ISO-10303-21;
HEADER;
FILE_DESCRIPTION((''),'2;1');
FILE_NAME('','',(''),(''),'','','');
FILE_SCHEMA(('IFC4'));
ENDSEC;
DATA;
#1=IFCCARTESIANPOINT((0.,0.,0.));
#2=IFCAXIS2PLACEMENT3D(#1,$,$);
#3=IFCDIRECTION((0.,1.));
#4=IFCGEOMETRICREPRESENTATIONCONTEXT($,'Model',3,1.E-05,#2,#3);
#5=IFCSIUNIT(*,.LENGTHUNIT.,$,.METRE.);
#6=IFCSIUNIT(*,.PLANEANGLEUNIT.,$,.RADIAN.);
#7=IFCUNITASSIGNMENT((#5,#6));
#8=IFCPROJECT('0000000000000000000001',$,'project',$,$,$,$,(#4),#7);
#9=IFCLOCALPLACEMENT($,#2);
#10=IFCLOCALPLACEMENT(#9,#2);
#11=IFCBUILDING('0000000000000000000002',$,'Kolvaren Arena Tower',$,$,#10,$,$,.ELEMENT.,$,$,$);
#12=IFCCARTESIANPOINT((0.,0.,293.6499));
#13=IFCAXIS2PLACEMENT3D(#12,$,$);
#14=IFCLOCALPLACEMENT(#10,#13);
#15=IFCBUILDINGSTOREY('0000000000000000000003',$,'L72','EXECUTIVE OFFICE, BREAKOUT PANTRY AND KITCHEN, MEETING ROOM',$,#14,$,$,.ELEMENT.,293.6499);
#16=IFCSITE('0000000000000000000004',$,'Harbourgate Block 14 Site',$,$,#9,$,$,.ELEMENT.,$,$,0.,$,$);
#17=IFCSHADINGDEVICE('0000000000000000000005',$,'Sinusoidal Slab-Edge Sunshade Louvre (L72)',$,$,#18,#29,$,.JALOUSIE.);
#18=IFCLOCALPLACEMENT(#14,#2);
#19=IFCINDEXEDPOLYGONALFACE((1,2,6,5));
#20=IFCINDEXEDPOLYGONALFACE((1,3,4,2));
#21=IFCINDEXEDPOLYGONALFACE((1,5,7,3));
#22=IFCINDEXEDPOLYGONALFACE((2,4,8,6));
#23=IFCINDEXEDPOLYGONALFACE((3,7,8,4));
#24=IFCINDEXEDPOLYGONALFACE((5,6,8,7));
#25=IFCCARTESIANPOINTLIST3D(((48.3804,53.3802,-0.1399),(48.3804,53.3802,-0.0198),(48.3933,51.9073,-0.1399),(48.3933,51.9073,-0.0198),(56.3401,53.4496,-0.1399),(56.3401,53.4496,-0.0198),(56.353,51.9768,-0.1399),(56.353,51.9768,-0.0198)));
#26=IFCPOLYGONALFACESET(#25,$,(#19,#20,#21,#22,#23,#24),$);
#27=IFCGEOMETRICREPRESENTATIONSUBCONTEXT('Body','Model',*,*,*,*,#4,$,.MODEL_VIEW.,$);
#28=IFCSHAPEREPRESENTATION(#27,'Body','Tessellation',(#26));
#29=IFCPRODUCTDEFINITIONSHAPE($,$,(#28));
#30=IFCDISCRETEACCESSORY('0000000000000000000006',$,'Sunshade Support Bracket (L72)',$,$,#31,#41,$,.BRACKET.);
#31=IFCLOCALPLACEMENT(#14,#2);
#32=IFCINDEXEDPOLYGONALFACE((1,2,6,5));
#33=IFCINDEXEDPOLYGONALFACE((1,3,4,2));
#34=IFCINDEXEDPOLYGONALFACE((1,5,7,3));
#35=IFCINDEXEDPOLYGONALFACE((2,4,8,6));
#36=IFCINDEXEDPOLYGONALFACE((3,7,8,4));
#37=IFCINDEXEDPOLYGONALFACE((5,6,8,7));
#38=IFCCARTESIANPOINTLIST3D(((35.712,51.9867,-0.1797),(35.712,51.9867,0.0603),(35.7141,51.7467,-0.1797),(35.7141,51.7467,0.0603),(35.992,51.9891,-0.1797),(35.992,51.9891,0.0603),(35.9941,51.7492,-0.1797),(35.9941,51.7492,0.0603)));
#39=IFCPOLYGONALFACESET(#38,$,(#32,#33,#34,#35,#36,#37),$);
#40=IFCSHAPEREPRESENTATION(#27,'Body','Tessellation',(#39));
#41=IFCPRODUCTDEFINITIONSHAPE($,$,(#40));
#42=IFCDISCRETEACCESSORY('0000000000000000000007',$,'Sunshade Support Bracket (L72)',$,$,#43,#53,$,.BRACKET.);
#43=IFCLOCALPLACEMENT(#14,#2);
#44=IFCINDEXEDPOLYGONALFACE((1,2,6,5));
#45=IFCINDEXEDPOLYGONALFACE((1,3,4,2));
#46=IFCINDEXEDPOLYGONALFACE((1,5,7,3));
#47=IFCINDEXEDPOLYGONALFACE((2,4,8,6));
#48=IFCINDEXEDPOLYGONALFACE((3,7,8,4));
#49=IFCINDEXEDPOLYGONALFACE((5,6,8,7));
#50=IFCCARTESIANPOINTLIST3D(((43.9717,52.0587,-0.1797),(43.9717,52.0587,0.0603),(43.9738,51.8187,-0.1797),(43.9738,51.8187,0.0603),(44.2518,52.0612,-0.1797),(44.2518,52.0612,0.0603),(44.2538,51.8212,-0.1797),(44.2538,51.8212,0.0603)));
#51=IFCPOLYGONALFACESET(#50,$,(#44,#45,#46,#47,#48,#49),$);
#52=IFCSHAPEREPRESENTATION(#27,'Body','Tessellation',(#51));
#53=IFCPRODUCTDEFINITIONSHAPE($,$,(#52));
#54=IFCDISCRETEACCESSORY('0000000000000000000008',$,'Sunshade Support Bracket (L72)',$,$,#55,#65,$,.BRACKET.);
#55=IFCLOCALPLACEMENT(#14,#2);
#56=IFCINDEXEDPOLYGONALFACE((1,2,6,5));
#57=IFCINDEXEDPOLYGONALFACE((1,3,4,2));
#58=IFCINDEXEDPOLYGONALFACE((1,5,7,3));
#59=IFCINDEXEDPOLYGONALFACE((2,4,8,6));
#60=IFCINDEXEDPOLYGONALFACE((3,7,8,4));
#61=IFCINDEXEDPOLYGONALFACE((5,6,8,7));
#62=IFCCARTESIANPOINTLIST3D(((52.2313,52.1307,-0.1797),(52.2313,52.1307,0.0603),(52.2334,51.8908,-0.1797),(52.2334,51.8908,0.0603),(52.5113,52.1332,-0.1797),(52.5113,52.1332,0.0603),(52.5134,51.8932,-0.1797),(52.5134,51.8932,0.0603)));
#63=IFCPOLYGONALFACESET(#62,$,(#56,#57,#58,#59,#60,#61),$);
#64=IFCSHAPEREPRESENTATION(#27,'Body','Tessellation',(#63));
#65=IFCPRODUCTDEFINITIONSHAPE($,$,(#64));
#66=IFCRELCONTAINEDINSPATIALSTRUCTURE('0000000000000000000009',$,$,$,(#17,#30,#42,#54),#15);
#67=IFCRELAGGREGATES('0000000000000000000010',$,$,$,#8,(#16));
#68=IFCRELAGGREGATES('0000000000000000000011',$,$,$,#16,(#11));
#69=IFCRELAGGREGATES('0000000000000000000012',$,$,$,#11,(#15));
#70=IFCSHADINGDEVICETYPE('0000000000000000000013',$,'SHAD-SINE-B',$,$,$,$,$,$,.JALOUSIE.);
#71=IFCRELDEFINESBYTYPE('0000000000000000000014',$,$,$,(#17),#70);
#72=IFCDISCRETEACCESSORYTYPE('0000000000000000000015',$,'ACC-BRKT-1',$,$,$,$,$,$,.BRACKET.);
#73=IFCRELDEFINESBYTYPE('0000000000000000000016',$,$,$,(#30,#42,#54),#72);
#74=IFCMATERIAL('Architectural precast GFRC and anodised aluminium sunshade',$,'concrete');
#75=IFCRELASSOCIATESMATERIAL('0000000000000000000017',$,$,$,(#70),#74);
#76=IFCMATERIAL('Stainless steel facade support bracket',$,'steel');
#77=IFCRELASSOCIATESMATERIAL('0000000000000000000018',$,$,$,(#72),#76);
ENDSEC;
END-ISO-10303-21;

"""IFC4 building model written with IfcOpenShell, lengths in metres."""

from ifc_helpers import new_model, si_unit, direction, frame, origin, origin_2d, place, context, subcontext, project, spatial, rectangle, extrude, material, type_object, element, save


model = new_model("IFC4")

# Units and contexts
model_context = context("Model", 3, precision=1e-05, world=origin(), true_north=direction((0.0, 1.0)))
body_context = subcontext(model_context, "Body", "Model", "MODEL_VIEW")
ifc_project = project(units=[si_unit("LENGTHUNIT", "METRE"), si_unit("PLANEANGLEUNIT", "RADIAN")], contexts=[model_context])

# Site, building, storey
site_placement = place(None, origin())
site = spatial("IfcSite", under=ifc_project, at=site_placement, Name="Harbourgate Block 14 Site", CompositionType="ELEMENT", RefElevation=0.0)
building_placement = place(site_placement, origin())
building = spatial("IfcBuilding", under=site, at=building_placement, Name="Kolvaren Arena Tower", CompositionType="ELEMENT")
storey_placement = place(building_placement, frame((0.0, 0.0, 293.6499)))
storey = spatial("IfcBuildingStorey", under=building, at=storey_placement, Name="L72", Description="EXECUTIVE OFFICE, BREAKOUT PANTRY AND KITCHEN, MEETING ROOM", CompositionType="ELEMENT", Elevation=293.6499)

# Shading device
ifc_material_1 = material(Name="Architectural precast GFRC and anodised aluminium sunshade", Category="concrete")
shading_device_type_1 = type_object("IfcShadingDeviceType", Name="SHAD-SINE-B", PredefinedType="JALOUSIE", material=ifc_material_1)
shading_device_1_placement = place(storey_placement, frame((52.3667, 52.6785, -0.1399), z_axis=(0.0, 0.0, 1.0), x_axis=(0.999962, 0.008727, 0.0)))
element("IfcShadingDevice", 1, at=shading_device_1_placement, inside=storey, type_object=shading_device_type_1, Name="Sinusoidal Slab-Edge Sunshade Louvre (L72)", PredefinedType="JALOUSIE", context=body_context, shape_type="SweptSolid", body=[
    extrude(rectangle(XDim=7.96, YDim=1.4729, at=origin_2d()), origin(), (0.0, 0.0, 1.0), 0.1201),
])

# Discrete accessories
ifc_material_2 = material(Name="Stainless steel facade support bracket", Category="steel")
discrete_accessory_type = type_object("IfcDiscreteAccessoryType", Name="ACC-BRKT-1", PredefinedType="BRACKET", material=ifc_material_2)
for number, where, z_axis, x_axis, name in (
    (2, (35.853, 51.8679, -0.1797), (0.0, 0.0, 1.0), (0.999962, 0.008727, 0.0), "Sunshade Support Bracket (L72)"),
    (3, (44.1128, 51.9399, -0.1797), (0.0, 0.0, 1.0), (0.999962, 0.008727, 0.0), "Sunshade Support Bracket (L72)"),
    (4, (52.3723, 52.012, -0.1797), (0.0, 0.0, 1.0), (0.999962, 0.008727, 0.0), "Sunshade Support Bracket (L72)"),
):
    element("IfcDiscreteAccessory", number, at=place(storey_placement, frame(where, z_axis=z_axis, x_axis=x_axis)), inside=storey, type_object=discrete_accessory_type, Name=name, PredefinedType="BRACKET", context=body_context, shape_type="SweptSolid", body=[
        extrude(rectangle(XDim=0.28, YDim=0.24, at=origin_2d()), origin(), (0.0, 0.0, 1.0), 0.24),
    ])

save(model, "model.ifc")
